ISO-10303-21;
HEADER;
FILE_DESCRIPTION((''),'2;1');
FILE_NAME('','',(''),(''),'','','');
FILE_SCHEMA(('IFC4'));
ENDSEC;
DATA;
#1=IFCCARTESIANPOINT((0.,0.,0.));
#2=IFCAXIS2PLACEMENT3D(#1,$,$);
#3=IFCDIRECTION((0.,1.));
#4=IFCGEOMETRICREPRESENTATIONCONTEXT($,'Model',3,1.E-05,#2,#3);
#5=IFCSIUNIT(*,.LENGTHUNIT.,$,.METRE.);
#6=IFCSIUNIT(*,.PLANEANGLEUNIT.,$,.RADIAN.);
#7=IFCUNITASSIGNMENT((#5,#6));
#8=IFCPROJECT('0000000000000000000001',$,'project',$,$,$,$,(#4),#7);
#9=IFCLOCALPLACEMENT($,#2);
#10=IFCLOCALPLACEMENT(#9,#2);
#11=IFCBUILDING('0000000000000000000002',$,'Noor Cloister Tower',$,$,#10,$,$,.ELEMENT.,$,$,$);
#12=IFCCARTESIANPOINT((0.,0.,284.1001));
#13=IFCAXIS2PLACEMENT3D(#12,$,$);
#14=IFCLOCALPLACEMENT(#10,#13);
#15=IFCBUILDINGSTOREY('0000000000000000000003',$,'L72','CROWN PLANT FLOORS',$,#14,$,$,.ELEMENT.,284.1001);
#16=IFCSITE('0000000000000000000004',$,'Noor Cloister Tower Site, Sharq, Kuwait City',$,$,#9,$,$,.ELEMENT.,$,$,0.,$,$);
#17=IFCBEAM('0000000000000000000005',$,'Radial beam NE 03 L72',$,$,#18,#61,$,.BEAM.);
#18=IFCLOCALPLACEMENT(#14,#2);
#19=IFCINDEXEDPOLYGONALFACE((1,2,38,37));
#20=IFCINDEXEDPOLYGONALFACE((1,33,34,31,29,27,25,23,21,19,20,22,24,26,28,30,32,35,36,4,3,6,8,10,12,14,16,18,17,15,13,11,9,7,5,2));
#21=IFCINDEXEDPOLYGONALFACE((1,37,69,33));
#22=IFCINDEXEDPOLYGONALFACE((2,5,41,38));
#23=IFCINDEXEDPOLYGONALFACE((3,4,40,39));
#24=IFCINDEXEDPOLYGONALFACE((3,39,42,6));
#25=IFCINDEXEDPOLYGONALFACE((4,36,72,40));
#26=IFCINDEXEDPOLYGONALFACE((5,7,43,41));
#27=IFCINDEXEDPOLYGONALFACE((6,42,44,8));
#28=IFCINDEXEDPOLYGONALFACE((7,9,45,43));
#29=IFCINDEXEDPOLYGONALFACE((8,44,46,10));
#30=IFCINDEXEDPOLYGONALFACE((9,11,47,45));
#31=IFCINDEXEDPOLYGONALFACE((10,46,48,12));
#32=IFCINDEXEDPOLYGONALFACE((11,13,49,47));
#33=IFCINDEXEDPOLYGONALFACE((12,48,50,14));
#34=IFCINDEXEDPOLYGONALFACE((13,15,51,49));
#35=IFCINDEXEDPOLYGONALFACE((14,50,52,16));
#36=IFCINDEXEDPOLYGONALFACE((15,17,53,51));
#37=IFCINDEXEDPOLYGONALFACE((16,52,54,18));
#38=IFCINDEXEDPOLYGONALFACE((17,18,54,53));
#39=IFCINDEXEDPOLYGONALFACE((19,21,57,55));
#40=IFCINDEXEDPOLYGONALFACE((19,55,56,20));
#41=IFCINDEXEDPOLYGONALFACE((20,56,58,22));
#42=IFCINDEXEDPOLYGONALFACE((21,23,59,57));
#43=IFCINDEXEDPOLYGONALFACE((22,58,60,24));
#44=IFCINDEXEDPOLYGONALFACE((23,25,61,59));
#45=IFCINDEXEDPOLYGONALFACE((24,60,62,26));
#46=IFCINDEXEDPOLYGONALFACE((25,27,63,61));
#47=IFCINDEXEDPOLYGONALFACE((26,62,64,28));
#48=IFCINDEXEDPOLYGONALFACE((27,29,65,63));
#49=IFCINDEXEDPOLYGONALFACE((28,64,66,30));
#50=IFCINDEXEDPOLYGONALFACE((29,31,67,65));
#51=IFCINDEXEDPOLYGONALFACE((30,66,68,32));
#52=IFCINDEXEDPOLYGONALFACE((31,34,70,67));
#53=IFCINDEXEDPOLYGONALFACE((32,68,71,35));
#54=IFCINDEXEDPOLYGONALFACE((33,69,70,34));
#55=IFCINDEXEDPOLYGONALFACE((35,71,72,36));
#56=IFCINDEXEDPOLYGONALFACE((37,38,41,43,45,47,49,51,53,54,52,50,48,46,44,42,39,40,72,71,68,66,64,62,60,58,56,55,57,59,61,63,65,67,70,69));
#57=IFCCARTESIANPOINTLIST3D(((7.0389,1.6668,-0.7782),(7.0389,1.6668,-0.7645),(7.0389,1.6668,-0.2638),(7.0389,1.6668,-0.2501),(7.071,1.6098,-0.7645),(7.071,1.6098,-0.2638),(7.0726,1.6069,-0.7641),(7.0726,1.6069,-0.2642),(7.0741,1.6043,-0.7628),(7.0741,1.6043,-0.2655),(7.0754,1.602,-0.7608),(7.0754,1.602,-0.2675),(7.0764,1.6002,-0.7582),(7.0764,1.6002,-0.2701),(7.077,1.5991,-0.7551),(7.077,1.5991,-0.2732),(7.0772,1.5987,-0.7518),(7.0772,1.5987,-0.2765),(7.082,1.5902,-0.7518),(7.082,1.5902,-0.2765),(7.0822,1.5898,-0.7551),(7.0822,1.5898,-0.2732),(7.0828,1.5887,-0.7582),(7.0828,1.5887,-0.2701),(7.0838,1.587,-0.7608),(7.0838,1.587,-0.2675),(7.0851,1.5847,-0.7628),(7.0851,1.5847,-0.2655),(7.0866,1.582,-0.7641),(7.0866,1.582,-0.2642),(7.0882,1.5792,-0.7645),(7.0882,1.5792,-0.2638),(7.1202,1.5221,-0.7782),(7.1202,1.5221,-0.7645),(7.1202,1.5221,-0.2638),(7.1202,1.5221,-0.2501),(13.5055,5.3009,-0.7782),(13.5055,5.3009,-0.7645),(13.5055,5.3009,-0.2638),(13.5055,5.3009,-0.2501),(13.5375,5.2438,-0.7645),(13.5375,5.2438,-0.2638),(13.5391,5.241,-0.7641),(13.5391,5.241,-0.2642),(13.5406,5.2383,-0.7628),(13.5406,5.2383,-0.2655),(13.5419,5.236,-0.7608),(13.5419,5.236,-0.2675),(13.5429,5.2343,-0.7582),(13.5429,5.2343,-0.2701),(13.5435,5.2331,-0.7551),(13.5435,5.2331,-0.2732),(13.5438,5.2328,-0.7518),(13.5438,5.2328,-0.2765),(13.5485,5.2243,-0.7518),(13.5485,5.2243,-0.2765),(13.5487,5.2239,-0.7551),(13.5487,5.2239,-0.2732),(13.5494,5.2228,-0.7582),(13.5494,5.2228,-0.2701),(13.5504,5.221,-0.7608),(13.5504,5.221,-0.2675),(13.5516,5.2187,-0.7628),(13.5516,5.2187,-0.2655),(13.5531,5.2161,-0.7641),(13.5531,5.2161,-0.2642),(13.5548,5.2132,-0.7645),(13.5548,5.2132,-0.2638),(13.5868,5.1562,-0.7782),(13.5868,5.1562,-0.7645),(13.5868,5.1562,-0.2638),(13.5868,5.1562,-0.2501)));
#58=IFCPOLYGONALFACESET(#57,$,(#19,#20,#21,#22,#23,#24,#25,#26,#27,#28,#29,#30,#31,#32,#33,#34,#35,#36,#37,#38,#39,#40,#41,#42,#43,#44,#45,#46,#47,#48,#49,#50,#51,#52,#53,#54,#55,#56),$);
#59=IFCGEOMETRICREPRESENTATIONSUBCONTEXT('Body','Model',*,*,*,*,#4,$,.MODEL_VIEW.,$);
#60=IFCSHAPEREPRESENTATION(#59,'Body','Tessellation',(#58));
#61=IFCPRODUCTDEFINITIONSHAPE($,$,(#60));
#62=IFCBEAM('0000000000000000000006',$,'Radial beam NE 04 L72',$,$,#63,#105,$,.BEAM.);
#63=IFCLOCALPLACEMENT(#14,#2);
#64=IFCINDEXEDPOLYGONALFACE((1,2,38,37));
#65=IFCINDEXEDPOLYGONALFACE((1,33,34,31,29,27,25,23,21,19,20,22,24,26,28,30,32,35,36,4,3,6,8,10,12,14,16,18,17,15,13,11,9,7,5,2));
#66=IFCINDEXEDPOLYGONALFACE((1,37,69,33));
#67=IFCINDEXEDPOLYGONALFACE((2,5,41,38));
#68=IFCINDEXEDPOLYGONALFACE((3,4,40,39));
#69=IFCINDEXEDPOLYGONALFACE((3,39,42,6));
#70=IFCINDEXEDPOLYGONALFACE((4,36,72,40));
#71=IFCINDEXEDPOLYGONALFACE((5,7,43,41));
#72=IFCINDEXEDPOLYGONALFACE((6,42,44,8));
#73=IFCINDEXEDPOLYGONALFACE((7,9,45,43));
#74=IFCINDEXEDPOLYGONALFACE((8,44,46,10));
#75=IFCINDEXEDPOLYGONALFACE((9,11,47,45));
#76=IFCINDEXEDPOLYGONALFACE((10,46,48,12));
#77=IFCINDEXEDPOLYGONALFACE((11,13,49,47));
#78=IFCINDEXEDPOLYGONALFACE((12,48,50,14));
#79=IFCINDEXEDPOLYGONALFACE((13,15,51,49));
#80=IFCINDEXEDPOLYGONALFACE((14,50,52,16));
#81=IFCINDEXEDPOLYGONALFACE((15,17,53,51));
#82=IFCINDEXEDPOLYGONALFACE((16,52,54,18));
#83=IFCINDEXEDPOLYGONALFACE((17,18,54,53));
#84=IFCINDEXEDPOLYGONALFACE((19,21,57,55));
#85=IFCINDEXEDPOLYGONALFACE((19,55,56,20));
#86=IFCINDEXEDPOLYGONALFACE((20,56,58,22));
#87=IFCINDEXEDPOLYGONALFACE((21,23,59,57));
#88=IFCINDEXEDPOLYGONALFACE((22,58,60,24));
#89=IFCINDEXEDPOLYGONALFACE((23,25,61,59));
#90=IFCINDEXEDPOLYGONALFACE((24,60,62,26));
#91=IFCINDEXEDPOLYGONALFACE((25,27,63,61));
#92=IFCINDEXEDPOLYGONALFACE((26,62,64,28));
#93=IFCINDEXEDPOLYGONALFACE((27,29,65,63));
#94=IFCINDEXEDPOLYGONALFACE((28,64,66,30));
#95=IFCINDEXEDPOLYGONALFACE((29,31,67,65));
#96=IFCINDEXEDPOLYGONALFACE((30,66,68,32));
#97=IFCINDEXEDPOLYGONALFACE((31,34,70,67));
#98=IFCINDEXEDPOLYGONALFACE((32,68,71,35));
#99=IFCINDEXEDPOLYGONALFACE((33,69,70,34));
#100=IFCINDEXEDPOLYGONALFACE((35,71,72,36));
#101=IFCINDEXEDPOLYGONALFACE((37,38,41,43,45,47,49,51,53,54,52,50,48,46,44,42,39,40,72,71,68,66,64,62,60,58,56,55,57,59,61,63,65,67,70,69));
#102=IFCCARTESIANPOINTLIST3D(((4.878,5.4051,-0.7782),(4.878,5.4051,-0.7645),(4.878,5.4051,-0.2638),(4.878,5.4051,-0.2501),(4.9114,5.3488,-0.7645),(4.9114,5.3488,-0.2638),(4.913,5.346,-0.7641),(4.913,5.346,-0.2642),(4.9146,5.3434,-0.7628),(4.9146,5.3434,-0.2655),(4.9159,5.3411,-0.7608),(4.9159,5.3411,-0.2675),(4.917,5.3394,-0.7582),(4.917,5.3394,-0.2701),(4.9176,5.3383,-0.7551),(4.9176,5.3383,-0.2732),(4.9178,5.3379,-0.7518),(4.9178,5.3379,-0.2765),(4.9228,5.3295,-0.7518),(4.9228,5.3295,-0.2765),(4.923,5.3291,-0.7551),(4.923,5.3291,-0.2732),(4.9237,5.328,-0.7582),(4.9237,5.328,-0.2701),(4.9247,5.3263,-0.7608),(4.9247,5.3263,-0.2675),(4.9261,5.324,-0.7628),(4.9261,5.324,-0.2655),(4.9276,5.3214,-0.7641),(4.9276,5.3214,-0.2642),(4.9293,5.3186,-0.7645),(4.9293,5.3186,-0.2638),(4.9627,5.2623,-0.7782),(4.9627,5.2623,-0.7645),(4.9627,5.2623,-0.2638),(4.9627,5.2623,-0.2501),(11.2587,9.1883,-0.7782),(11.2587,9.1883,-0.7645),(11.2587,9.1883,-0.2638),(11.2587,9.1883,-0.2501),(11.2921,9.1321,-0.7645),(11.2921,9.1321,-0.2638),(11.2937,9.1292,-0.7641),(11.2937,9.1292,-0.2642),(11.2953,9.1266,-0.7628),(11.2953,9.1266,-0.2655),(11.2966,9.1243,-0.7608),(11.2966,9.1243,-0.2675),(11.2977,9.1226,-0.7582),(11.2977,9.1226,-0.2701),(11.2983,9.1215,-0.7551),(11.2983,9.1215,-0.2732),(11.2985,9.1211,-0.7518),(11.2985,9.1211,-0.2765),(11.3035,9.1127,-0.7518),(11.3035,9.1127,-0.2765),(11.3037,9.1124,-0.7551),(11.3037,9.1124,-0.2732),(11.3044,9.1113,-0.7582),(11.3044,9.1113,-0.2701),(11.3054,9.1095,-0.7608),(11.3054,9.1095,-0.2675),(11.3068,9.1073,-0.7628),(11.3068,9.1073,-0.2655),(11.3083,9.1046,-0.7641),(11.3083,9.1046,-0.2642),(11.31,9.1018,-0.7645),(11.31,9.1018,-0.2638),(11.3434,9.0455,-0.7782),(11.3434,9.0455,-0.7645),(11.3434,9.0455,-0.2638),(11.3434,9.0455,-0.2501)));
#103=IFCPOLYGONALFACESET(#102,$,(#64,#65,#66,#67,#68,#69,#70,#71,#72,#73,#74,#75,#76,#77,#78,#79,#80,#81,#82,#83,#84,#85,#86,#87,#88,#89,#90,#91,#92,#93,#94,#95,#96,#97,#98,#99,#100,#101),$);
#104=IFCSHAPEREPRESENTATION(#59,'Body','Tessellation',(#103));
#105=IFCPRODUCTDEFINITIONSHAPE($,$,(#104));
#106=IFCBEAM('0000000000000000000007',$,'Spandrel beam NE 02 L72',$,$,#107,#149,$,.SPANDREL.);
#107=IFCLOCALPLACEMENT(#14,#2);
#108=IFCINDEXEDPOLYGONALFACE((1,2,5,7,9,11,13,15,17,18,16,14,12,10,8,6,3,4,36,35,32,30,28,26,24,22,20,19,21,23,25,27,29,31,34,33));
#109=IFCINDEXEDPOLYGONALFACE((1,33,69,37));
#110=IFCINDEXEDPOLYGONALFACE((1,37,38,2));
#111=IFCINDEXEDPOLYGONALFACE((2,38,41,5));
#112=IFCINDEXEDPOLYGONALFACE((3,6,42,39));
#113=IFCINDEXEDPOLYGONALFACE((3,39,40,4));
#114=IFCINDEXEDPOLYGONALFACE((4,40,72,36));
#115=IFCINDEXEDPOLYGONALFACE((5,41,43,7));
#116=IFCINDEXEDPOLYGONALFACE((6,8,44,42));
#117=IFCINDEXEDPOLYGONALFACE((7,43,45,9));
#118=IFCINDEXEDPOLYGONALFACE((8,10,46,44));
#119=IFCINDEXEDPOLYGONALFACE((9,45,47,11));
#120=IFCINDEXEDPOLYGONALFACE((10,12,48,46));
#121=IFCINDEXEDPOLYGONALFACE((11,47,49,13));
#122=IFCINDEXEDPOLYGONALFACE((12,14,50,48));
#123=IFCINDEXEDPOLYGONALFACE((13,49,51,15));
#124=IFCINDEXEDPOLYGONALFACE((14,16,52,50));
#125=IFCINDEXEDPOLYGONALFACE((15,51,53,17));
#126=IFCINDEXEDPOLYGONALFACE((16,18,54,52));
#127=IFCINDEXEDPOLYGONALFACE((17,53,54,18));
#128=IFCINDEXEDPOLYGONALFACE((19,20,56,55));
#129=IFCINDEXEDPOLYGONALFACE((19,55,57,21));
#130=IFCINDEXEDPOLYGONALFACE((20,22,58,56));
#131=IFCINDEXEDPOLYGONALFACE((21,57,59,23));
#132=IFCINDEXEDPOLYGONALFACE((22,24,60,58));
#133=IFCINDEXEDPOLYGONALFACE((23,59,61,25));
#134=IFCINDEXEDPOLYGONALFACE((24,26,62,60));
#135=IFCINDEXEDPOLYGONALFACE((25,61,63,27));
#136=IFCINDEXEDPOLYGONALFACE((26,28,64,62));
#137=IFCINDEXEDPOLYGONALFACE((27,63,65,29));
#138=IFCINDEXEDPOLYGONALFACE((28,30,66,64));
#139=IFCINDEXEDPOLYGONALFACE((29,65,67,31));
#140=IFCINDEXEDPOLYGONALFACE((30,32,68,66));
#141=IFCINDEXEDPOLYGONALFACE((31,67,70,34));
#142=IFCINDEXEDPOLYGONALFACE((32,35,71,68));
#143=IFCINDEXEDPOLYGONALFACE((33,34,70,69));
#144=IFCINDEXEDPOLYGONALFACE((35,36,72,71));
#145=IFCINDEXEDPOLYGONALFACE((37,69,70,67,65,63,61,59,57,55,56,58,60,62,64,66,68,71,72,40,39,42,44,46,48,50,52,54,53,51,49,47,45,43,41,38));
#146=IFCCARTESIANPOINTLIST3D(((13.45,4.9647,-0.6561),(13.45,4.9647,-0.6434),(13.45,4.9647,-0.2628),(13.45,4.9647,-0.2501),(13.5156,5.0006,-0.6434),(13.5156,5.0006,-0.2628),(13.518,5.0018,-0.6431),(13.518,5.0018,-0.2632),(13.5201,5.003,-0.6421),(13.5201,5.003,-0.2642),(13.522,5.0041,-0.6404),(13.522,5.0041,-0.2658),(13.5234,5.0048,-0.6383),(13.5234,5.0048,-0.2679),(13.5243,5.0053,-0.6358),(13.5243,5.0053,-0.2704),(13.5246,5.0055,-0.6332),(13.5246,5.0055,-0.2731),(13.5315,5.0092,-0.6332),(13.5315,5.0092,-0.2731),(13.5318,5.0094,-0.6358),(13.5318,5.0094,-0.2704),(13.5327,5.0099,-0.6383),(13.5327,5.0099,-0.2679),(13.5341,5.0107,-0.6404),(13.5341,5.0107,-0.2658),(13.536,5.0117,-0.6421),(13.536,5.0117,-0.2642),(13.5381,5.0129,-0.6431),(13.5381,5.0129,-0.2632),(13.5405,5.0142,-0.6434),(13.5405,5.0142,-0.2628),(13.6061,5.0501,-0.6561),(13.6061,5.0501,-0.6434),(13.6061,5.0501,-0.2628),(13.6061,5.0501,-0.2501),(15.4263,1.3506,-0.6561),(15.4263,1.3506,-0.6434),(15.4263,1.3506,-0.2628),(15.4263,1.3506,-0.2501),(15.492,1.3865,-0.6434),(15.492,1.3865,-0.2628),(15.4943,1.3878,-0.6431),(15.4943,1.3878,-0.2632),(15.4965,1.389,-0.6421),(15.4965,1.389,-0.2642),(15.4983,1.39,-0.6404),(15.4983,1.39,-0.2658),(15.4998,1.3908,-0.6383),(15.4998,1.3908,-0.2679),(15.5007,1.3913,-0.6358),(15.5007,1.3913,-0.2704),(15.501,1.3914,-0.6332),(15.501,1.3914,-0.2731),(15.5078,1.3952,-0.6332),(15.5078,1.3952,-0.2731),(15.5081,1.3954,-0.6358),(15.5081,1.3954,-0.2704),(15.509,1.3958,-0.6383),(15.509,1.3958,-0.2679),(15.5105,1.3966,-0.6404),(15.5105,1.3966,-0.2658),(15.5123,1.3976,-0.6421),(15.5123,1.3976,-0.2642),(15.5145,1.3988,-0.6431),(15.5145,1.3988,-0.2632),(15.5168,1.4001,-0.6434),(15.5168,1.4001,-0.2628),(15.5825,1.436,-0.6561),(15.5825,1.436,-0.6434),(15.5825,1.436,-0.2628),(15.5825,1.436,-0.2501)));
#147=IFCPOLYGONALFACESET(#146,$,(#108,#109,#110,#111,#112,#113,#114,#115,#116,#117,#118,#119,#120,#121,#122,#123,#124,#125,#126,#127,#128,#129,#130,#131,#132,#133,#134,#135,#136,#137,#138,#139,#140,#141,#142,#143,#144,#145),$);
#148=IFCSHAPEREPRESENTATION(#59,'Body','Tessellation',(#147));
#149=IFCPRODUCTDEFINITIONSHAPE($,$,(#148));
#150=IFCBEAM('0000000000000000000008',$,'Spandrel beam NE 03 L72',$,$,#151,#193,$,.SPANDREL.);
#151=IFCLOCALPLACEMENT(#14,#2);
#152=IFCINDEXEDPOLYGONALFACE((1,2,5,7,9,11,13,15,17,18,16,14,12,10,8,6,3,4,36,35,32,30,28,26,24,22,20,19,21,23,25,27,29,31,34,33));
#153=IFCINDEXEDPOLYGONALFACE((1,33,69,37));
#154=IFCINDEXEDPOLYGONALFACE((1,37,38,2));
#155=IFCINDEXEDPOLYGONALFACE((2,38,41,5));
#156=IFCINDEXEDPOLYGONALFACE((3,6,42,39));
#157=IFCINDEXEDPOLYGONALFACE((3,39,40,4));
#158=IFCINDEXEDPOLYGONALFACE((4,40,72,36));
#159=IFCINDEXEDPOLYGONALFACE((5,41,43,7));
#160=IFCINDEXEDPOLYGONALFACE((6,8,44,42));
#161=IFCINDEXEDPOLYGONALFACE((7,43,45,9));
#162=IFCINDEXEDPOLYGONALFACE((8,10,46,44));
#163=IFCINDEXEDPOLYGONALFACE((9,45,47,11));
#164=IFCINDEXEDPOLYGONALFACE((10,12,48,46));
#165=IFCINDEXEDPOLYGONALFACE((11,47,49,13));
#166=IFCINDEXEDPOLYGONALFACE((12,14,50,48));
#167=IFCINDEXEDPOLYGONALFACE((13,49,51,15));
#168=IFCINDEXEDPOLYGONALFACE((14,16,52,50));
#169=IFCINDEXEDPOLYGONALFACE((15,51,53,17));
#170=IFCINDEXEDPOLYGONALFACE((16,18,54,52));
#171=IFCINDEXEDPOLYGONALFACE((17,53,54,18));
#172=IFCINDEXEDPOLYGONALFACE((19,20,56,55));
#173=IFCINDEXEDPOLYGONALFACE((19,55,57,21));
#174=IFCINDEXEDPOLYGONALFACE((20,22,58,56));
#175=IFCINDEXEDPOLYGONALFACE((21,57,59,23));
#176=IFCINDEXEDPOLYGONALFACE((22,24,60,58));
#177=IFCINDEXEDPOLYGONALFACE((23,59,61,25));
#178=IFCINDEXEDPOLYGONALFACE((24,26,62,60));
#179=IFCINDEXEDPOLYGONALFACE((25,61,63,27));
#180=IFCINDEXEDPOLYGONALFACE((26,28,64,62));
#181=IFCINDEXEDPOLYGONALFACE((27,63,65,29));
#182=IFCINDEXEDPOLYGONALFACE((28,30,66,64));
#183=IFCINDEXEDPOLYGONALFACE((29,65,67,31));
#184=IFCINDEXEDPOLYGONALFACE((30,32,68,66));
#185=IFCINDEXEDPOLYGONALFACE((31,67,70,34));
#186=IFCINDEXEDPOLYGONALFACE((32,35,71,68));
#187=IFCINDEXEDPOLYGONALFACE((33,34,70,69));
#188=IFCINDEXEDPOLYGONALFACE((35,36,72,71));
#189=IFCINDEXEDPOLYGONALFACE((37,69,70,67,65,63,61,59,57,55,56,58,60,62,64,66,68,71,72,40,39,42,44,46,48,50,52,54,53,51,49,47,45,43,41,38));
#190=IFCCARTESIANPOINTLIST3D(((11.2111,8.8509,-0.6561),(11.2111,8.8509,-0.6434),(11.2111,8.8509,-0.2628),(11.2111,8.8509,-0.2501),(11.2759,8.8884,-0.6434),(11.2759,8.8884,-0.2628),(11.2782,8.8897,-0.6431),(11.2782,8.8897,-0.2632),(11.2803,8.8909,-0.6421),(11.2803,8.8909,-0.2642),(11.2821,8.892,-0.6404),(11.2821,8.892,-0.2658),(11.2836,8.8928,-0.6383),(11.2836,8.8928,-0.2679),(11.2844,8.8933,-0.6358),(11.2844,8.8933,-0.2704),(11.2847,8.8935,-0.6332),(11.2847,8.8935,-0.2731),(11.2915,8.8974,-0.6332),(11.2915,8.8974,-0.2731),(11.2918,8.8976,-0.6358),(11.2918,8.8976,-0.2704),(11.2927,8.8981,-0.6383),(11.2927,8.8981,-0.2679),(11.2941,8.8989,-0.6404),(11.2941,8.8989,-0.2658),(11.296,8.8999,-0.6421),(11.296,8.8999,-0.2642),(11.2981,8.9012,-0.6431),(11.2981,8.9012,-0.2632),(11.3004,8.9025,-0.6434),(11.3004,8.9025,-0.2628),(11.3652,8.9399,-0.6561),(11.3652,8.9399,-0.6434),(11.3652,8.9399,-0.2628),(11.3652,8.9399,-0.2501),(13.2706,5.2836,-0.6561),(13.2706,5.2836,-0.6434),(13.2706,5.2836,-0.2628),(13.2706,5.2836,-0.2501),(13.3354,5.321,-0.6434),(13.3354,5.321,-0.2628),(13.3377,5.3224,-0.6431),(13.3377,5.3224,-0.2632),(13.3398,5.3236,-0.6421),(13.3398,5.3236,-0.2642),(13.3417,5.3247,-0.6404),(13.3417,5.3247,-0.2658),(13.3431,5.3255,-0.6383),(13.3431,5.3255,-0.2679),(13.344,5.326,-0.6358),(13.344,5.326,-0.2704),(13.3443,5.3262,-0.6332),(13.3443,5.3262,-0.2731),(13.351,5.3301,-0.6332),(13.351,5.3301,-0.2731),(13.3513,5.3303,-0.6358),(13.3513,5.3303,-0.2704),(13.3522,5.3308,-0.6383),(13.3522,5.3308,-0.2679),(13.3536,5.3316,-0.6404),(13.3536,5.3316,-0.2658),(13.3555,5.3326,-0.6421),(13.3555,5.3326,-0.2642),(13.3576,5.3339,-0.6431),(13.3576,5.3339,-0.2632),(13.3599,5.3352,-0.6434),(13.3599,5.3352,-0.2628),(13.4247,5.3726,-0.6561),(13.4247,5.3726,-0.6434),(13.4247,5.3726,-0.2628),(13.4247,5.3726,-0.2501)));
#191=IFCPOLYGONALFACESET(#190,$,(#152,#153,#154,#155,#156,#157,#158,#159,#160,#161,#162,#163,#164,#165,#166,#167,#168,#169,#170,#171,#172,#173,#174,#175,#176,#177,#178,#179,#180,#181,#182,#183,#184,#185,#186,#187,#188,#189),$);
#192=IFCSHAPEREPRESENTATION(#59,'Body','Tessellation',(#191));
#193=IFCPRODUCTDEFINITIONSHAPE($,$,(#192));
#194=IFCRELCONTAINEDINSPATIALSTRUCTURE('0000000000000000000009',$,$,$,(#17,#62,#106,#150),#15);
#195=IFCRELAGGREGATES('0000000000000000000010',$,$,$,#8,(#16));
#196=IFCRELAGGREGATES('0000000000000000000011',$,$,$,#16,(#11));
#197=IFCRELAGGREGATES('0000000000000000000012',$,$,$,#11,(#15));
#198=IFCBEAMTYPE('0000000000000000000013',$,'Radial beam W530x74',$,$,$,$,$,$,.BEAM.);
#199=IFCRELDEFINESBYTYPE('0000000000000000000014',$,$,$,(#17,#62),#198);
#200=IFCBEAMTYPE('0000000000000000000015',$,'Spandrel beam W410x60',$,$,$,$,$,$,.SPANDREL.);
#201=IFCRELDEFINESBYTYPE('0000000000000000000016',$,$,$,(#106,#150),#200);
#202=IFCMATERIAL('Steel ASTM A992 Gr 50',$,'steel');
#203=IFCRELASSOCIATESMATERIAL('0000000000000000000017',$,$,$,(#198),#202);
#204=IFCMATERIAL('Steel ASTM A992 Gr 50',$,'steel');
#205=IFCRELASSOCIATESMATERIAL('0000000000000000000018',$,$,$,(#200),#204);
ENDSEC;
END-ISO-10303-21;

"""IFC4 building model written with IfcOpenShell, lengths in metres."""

from ifc_helpers import new_model, si_unit, direction, frame, origin, origin_2d, place, context, subcontext, project, spatial, i_section, extrude, material, material_profile, profile_set, type_object, element, save


model = new_model("IFC4")

# Units and contexts
model_context = context("Model", 3, precision=1e-05, world=origin(), true_north=direction((0.0, 1.0)))
body_context = subcontext(model_context, "Body", "Model", "MODEL_VIEW")
ifc_project = project(units=[si_unit("LENGTHUNIT", "METRE"), si_unit("PLANEANGLEUNIT", "RADIAN")], contexts=[model_context])

# Site, building, storey
site_placement = place(None, origin())
site = spatial("IfcSite", under=ifc_project, at=site_placement, Name="Noor Cloister Tower Site, Sharq, Kuwait City", CompositionType="ELEMENT", RefElevation=0.0)
building_placement = place(site_placement, origin())
building = spatial("IfcBuilding", under=site, at=building_placement, Name="Noor Cloister Tower", CompositionType="ELEMENT")
storey_placement = place(building_placement, frame((0.0, 0.0, 284.1001)))
storey = spatial("IfcBuildingStorey", under=building, at=storey_placement, Name="L72", Description="CROWN PLANT FLOORS", CompositionType="ELEMENT", Elevation=284.1001)

# Beams
ifc_material_1 = material(Name="Steel ASTM A992 Gr 50", Category="steel")
ifc_material_profile_1 = material_profile(ifc_material_1, i_section(OverallWidth=0.166, OverallDepth=0.5281, WebThickness=0.0098, FlangeThickness=0.0137, FilletRadius=0.0127, at=origin_2d()), Name="W530x74")
ifc_profile_set_1 = profile_set([ifc_material_profile_1], Name="Steel ASTM A992 Gr 50")
beam_type_1 = type_object("IfcBeamType", Name="Radial beam W530x74", PredefinedType="BEAM", material=ifc_profile_set_1)
beam_1_placement = place(storey_placement, frame((13.5461, 5.2285, -0.5142), z_axis=(-0.871771, -0.489913, 0.0), x_axis=(0.489913, -0.871771, 0.0)))
element("IfcBeam", 1, at=beam_1_placement, inside=storey, type_object=beam_type_1, Name="Radial beam NE 03 L72", PredefinedType="BEAM", context=body_context, shape_type="SweptSolid", body=[
    extrude(i_section(OverallWidth=0.166, OverallDepth=0.5281, WebThickness=0.0098, FlangeThickness=0.0137, FilletRadius=0.0127, at=origin_2d()), origin(), (0.0, 0.0, 1.0), 7.4177),
])
beam_2_placement = place(storey_placement, frame((11.301, 9.1169, -0.5142), z_axis=(-0.860167, -0.510012, 0.0), x_axis=(0.510012, -0.860167, 0.0)))
element("IfcBeam", 2, at=beam_2_placement, inside=storey, type_object=beam_type_1, Name="Radial beam NE 04 L72", PredefinedType="BEAM", context=body_context, shape_type="SweptSolid", body=[
    extrude(i_section(OverallWidth=0.166, OverallDepth=0.5281, WebThickness=0.0098, FlangeThickness=0.0137, FilletRadius=0.0127, at=origin_2d()), origin(), (0.0, 0.0, 1.0), 7.418),
])
ifc_material_2 = material(Name="Steel ASTM A992 Gr 50", Category="steel")
ifc_material_profile_2 = material_profile(ifc_material_2, i_section(OverallWidth=0.178, OverallDepth=0.406, WebThickness=0.0078, FlangeThickness=0.0127, FilletRadius=0.0103, at=origin_2d()), Name="W410x60")
ifc_profile_set_2 = profile_set([ifc_material_profile_2], Name="Steel ASTM A992 Gr 50")
beam_type_2 = type_object("IfcBeamType", Name="Spandrel beam W410x60", PredefinedType="SPANDREL", material=ifc_profile_set_2)
for number, where, z_axis, x_axis, name in (
    (3, (15.5044, 1.3933, -0.4531), (-0.479795, 0.877381, 0.0), (-0.877381, -0.479795, 0.0), "Spandrel beam NE 02 L72"),
    (4, (13.3477, 5.3281, -0.4531), (-0.499989, 0.866032, 0.0), (-0.866032, -0.499989, 0.0), "Spandrel beam NE 03 L72"),
):
    element("IfcBeam", number, at=place(storey_placement, frame(where, z_axis=z_axis, x_axis=x_axis)), inside=storey, type_object=beam_type_2, Name=name, PredefinedType="SPANDREL", context=body_context, shape_type="SweptSolid", body=[
        extrude(i_section(OverallWidth=0.178, OverallDepth=0.406, WebThickness=0.0078, FlangeThickness=0.0127, FilletRadius=0.0103, at=origin_2d()), origin(), (0.0, 0.0, 1.0), 4.1191),
    ])

save(model, "model.ifc")
